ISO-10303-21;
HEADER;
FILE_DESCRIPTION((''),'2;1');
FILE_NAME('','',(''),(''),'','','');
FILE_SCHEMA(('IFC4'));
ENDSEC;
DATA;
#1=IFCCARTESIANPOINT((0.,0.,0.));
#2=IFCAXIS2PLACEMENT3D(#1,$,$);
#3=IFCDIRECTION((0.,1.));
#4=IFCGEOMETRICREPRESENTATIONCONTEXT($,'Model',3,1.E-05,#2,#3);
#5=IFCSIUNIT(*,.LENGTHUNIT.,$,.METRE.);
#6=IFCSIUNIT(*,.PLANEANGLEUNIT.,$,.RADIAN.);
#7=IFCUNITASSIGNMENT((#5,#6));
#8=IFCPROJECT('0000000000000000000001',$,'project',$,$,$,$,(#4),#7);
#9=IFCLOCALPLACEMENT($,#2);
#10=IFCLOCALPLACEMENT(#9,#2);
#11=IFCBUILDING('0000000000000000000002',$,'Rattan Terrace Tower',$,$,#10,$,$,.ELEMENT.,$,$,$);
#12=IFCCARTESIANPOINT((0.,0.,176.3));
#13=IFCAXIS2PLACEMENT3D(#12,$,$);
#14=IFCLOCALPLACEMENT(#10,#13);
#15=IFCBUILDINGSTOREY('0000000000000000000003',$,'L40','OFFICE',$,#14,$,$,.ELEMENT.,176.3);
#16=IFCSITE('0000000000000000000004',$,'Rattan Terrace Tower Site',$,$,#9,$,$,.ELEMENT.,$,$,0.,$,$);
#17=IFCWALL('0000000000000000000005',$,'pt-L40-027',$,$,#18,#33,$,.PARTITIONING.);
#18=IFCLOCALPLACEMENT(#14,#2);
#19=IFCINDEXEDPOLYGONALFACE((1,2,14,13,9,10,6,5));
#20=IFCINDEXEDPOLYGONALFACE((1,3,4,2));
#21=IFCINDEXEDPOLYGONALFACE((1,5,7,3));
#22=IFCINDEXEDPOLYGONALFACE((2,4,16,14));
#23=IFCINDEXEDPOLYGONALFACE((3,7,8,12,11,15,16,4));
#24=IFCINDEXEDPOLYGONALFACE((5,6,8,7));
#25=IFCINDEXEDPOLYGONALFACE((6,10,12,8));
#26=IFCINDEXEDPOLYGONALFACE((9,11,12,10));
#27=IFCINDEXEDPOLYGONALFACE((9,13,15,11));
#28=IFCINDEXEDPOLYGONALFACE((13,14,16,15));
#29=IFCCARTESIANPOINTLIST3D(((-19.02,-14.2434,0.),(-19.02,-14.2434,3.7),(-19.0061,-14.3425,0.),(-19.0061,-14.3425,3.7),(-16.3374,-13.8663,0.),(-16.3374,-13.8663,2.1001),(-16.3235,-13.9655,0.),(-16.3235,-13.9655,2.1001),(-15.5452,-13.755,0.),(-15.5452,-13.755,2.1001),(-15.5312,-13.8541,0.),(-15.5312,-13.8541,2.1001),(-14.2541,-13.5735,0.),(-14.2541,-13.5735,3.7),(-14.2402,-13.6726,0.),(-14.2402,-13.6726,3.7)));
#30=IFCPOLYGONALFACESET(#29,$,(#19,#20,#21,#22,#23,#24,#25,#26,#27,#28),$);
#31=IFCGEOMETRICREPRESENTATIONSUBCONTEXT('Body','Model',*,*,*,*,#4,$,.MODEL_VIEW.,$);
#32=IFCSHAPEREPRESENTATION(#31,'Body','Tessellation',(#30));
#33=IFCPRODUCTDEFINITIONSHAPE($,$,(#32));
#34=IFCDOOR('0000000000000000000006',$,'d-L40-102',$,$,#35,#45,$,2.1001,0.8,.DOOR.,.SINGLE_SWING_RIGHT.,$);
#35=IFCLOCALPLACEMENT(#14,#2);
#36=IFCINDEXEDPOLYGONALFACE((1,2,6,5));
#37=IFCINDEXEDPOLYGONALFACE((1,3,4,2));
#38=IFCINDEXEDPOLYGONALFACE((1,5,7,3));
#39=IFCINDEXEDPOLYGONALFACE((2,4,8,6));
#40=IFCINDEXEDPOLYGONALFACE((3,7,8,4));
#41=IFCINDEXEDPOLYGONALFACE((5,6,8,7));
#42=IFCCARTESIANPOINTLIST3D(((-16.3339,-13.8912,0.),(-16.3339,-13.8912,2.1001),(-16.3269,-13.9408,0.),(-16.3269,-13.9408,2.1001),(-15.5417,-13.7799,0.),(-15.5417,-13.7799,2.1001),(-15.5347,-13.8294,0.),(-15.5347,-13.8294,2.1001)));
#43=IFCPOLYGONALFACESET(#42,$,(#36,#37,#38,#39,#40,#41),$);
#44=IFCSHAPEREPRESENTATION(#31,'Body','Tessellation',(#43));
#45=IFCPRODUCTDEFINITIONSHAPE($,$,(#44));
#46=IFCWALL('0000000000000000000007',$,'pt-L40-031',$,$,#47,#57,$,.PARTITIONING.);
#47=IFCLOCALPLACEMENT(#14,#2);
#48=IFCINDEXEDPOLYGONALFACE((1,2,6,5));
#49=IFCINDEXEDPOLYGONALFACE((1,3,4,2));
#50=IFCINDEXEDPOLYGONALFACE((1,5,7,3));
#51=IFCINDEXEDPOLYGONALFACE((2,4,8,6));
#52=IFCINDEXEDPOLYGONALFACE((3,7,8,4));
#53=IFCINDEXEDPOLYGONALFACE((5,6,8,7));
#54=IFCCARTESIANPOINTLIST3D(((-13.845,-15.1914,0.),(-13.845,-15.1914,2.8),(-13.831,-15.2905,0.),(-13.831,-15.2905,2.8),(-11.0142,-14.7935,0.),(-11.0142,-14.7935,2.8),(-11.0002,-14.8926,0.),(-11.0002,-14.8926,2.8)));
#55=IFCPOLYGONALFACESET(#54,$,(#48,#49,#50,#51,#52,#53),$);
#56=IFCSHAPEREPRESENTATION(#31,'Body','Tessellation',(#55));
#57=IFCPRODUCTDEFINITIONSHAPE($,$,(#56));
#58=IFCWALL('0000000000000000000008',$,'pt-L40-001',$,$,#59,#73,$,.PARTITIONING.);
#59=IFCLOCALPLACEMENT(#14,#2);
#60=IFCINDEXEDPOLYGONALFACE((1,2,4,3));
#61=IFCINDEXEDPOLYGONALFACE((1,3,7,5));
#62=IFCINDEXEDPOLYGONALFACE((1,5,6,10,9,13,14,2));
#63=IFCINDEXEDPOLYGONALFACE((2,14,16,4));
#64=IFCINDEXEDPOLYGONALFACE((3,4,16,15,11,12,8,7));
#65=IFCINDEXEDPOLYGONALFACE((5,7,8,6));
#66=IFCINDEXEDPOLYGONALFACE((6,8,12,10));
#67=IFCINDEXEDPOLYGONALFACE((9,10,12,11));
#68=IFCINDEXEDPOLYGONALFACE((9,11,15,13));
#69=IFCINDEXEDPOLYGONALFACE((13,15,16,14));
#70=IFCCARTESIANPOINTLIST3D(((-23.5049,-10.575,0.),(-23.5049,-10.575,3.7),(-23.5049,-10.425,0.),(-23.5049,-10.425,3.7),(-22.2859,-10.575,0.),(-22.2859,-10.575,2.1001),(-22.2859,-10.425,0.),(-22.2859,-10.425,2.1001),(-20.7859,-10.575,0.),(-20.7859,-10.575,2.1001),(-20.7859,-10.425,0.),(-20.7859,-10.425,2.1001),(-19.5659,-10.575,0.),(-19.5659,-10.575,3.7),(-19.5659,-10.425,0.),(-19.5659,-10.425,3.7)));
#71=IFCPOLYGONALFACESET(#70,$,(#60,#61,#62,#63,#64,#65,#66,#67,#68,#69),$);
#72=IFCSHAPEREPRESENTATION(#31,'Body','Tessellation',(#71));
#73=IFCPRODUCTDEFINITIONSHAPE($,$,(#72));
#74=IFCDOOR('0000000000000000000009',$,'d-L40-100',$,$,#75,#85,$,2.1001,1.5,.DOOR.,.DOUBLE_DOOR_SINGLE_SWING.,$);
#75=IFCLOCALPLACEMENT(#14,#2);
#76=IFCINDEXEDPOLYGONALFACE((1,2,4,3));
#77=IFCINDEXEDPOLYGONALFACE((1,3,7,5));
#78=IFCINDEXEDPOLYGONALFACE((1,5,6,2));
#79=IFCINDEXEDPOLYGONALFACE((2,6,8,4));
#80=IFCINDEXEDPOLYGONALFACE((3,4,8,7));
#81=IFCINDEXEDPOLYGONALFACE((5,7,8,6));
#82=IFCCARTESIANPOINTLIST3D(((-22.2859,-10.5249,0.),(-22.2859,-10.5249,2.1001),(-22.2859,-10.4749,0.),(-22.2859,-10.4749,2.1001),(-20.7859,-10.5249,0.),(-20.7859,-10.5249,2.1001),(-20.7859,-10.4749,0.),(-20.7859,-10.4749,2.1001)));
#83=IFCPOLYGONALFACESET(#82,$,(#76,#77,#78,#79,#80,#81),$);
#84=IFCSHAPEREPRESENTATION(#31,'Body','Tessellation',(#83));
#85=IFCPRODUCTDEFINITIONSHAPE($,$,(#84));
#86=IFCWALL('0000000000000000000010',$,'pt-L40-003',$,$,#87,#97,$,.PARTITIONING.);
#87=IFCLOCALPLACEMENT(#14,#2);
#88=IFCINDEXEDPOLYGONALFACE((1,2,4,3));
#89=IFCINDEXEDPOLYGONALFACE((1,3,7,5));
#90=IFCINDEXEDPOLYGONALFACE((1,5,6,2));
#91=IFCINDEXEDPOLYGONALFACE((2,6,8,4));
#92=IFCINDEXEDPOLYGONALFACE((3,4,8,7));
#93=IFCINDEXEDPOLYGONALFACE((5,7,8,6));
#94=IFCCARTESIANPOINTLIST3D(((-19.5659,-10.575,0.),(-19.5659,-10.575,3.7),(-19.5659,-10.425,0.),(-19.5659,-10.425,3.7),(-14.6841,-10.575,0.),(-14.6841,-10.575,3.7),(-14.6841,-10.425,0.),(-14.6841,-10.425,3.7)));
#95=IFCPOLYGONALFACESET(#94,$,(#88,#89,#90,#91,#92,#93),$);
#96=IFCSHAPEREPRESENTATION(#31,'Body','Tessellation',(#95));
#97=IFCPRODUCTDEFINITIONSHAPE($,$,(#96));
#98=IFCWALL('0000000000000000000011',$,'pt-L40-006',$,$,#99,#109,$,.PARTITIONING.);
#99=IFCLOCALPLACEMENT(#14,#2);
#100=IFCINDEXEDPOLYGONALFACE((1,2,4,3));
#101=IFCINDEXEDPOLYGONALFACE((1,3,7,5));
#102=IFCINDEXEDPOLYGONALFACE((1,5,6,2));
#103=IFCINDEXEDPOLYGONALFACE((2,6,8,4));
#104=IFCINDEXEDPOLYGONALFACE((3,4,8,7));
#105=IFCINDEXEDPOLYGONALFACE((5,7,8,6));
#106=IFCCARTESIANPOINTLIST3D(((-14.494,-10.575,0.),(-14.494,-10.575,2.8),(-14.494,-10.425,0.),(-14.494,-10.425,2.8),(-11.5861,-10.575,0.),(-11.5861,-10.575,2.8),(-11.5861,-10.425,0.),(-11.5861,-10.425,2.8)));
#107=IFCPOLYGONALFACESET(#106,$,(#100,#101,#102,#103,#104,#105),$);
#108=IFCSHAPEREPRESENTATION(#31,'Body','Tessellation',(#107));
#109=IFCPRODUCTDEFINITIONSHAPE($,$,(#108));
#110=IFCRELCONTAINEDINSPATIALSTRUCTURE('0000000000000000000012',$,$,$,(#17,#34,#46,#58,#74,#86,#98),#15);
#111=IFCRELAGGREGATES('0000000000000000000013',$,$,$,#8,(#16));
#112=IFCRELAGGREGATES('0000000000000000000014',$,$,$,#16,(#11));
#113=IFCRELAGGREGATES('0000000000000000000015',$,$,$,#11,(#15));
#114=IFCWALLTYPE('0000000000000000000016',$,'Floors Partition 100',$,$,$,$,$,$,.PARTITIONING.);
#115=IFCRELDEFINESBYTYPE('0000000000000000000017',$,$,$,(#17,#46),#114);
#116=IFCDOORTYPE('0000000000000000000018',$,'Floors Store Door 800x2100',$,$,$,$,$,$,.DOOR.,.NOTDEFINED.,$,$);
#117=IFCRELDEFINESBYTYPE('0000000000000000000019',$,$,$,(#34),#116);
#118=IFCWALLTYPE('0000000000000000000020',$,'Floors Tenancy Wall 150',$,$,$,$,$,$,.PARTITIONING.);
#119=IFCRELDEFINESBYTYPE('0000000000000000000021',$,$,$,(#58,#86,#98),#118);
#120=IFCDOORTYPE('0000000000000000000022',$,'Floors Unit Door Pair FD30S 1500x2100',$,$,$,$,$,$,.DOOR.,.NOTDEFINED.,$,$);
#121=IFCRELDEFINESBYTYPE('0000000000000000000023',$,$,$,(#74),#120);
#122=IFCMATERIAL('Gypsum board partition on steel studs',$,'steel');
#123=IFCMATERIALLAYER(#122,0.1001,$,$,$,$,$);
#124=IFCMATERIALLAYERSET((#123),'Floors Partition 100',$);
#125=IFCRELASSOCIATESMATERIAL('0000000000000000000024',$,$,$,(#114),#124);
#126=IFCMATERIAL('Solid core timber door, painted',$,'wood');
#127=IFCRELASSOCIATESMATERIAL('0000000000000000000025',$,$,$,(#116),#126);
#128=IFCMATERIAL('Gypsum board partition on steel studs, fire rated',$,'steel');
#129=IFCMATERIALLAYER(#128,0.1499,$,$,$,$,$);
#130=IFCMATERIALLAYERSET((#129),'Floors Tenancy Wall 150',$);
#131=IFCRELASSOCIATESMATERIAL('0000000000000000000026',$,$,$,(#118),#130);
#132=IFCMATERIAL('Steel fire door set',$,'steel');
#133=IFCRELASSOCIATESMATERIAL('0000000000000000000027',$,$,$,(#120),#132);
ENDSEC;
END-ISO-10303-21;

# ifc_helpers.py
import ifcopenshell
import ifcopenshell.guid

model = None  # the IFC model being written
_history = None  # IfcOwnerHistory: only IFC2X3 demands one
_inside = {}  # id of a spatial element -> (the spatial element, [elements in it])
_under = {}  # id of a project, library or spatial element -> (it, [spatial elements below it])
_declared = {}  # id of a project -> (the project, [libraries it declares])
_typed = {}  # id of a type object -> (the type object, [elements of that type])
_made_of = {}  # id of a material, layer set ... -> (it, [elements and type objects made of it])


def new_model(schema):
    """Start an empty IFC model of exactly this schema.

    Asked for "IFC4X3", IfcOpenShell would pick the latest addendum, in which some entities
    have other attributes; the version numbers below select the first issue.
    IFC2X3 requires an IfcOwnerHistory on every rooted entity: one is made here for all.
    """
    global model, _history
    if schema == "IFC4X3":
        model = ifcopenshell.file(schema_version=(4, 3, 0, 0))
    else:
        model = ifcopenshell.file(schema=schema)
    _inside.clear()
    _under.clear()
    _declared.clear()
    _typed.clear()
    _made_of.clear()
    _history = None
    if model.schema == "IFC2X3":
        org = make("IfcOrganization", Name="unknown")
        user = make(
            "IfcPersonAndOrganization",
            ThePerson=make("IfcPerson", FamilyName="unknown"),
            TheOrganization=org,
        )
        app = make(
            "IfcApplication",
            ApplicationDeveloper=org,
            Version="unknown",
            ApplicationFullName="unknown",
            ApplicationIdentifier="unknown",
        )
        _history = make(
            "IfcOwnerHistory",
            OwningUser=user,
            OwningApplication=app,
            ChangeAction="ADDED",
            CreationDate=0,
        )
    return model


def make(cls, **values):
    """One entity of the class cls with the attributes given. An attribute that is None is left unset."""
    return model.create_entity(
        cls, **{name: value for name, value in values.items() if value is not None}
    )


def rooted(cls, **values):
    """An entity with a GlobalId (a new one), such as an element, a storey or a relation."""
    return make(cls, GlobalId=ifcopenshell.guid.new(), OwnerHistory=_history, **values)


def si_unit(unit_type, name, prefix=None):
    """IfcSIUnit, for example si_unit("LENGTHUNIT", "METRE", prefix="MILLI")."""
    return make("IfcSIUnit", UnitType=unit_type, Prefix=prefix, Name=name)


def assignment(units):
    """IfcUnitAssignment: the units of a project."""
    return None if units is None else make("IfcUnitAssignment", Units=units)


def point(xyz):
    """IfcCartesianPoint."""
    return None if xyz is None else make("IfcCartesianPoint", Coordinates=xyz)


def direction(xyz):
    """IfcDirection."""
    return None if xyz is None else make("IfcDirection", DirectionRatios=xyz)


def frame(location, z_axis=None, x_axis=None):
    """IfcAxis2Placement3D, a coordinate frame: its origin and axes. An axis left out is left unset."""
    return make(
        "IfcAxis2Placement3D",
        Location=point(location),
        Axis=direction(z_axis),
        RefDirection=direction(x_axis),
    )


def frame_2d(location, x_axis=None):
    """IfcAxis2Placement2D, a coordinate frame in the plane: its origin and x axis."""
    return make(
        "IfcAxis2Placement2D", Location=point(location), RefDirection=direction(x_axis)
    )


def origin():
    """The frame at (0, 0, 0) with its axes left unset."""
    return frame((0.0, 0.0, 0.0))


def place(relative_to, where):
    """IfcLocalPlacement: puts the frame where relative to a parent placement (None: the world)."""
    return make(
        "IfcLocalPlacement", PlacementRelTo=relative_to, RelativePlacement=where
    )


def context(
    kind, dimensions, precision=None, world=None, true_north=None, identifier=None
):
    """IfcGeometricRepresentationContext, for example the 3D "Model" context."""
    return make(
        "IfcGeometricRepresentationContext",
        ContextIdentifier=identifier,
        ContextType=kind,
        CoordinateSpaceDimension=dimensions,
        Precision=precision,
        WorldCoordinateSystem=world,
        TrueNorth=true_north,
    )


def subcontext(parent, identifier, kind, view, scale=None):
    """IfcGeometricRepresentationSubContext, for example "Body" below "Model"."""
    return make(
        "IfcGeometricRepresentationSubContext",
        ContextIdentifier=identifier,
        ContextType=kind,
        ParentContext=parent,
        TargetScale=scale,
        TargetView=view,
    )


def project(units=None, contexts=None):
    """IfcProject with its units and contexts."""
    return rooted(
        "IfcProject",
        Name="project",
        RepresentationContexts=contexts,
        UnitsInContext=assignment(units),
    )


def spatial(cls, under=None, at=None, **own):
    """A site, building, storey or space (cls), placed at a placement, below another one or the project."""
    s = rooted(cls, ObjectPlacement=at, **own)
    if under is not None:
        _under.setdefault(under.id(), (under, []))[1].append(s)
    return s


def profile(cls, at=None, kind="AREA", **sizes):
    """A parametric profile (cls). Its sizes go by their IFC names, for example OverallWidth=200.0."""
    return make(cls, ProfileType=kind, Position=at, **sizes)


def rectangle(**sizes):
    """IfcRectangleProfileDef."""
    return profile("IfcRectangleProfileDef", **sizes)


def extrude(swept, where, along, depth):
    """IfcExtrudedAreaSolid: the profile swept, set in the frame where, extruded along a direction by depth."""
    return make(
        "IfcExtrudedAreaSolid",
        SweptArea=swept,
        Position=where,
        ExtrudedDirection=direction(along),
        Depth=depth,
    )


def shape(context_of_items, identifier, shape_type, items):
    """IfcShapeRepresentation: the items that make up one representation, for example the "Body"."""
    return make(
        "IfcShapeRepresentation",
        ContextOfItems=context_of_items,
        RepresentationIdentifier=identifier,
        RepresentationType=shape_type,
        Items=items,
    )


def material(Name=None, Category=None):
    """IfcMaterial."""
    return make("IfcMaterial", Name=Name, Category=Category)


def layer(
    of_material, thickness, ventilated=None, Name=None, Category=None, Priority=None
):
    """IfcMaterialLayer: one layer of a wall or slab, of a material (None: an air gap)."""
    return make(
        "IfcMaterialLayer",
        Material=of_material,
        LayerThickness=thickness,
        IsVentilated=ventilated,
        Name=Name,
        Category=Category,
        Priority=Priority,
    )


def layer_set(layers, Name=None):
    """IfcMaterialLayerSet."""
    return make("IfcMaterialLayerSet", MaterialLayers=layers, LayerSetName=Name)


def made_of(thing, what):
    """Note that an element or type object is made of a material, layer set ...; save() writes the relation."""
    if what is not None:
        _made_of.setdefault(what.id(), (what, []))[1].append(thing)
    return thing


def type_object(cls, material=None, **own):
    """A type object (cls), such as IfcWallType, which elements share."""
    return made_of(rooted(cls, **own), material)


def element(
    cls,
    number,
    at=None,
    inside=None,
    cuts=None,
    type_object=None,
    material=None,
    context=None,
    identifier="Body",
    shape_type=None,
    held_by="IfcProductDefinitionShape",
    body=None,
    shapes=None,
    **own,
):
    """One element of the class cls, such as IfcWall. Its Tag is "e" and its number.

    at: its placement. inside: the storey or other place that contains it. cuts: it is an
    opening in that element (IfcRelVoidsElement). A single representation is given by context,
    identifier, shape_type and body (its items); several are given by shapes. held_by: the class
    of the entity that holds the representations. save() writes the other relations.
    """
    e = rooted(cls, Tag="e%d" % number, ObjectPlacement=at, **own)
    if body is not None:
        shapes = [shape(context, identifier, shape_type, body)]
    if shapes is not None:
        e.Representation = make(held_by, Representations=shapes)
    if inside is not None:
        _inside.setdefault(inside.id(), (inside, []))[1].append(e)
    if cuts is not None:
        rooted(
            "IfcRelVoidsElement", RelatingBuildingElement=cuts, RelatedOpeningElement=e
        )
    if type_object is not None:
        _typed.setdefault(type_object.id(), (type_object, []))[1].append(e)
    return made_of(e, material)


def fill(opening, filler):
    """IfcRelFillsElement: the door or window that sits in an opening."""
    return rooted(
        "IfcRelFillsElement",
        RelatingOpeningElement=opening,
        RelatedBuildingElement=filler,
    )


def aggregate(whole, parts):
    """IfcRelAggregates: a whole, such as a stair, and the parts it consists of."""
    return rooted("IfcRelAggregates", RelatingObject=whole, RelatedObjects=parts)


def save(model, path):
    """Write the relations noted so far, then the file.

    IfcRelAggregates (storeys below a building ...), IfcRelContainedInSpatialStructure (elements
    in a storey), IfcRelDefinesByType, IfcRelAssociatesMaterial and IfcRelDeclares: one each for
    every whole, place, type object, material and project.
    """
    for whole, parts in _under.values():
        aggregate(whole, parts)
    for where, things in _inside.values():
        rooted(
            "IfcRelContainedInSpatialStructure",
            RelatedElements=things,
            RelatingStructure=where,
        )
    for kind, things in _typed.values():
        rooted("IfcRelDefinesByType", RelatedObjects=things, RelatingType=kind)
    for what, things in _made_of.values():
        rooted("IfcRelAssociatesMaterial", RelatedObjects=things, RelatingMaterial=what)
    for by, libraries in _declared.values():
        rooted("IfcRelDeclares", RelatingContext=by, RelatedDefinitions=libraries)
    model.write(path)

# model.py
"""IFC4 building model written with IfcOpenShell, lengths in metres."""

from ifc_helpers import new_model, si_unit, direction, frame, frame_2d, origin, place, context, subcontext, project, spatial, rectangle, extrude, material, layer, layer_set, type_object, element, fill, save


model = new_model("IFC4")

# Units and contexts
model_context = context("Model", 3, precision=1e-05, world=origin(), true_north=direction((0.0, 1.0)))
body_context = subcontext(model_context, "Body", "Model", "MODEL_VIEW")
ifc_project = project(units=[si_unit("LENGTHUNIT", "METRE"), si_unit("PLANEANGLEUNIT", "RADIAN")], contexts=[model_context])

# Site, building, storey
site_placement = place(None, origin())
site = spatial("IfcSite", under=ifc_project, at=site_placement, Name="Rattan Terrace Tower Site", CompositionType="ELEMENT", RefElevation=0.0)
building_placement = place(site_placement, origin())
building = spatial("IfcBuilding", under=site, at=building_placement, Name="Rattan Terrace Tower", CompositionType="ELEMENT")
storey_placement = place(building_placement, frame((0.0, 0.0, 176.3)))
storey = spatial("IfcBuildingStorey", under=building, at=storey_placement, Name="L40", Description="OFFICE", CompositionType="ELEMENT", Elevation=176.3)

# Shared definitions
ifc_material_1 = material(Name="Gypsum board partition on steel studs", Category="steel")
ifc_layer_1 = layer(ifc_material_1, 0.1001)
ifc_layer_set_1 = layer_set([ifc_layer_1], Name="Floors Partition 100")
wall_type_1 = type_object("IfcWallType", Name="Floors Partition 100", PredefinedType="PARTITIONING", material=ifc_layer_set_1)

# Wall, opening, door
wall_1_placement = place(storey_placement, frame((-19.0129, -14.293, 0.0), z_axis=(0.0, 0.0, 1.0), x_axis=(0.990265, 0.139198, 0.0)))
wall_1 = element("IfcWall", 1, at=wall_1_placement, inside=storey, type_object=wall_type_1, Name="pt-L40-027", PredefinedType="PARTITIONING", context=body_context, shape_type="SweptSolid", body=[
    extrude(rectangle(XDim=4.8127, YDim=0.1001, at=frame_2d((2.4062, 0.0))), origin(), (0.0, 0.0, 1.0), 3.7),
])
opening_1_placement = place(wall_1_placement, frame((2.709, 0.0, 0.0)))
opening_1 = element("IfcOpeningElement", 2, at=opening_1_placement, cuts=wall_1, PredefinedType="OPENING", context=body_context, shape_type="SweptSolid", body=[
    extrude(rectangle(XDim=0.8, YDim=2.1001, at=frame_2d((0.3999, 1.05))), frame((0.0, 0.0605, 0.0), z_axis=(0.0, -1.0, 0.0), x_axis=(1.0, 0.0, 0.0)), (0.0, 0.0, 1.0), 0.1211),
])
ifc_material_2 = material(Name="Solid core timber door, painted", Category="wood")
door_type_1 = type_object("IfcDoorType", Name="Floors Store Door 800x2100", OperationType="NOTDEFINED", PredefinedType="DOOR", material=ifc_material_2)
door_1_placement = place(opening_1_placement, origin())
door_1 = element("IfcDoor", 3, at=door_1_placement, inside=storey, type_object=door_type_1, Name="d-L40-102", OperationType="SINGLE_SWING_RIGHT", OverallHeight=2.1001, OverallWidth=0.8, PredefinedType="DOOR", context=body_context, shape_type="SweptSolid", body=[
    extrude(rectangle(XDim=0.8, YDim=2.1001, at=frame_2d((0.3999, 1.05))), frame((0.0, 0.0249, 0.0), z_axis=(0.0, -1.0, 0.0), x_axis=(1.0, 0.0, 0.0)), (0.0, 0.0, 1.0), 0.05),
])
fill(opening_1, door_1)

# Wall
wall_2_placement = place(storey_placement, frame((-13.8379, -15.241, 0.0), z_axis=(0.0, 0.0, 1.0), x_axis=(0.990263, 0.139209, 0.0)))
element("IfcWall", 4, at=wall_2_placement, inside=storey, type_object=wall_type_1, Name="pt-L40-031", PredefinedType="PARTITIONING", context=body_context, shape_type="SweptSolid", body=[
    extrude(rectangle(XDim=2.8586, YDim=0.1001, at=frame_2d((1.4292, 0.0))), origin(), (0.0, 0.0, 1.0), 2.8),
])

# Wall, opening, door
ifc_material_3 = material(Name="Gypsum board partition on steel studs, fire rated", Category="steel")
ifc_layer_2 = layer(ifc_material_3, 0.1499)
ifc_layer_set_2 = layer_set([ifc_layer_2], Name="Floors Tenancy Wall 150")
wall_type_2 = type_object("IfcWallType", Name="Floors Tenancy Wall 150", PredefinedType="PARTITIONING", material=ifc_layer_set_2)
wall_3_placement = place(storey_placement, frame((-19.5659, -10.5, 0.0), z_axis=(0.0, 0.0, 1.0), x_axis=(-1.0, 0.0, 0.0)))
wall_3 = element("IfcWall", 5, at=wall_3_placement, inside=storey, type_object=wall_type_2, Name="pt-L40-001", PredefinedType="PARTITIONING", context=body_context, shape_type="SweptSolid", body=[
    extrude(rectangle(XDim=3.939, YDim=0.1499, at=frame_2d((1.9695, 0.0))), origin(), (0.0, 0.0, 1.0), 3.7),
])
opening_2_placement = place(wall_3_placement, frame((1.22, 0.0, 0.0)))
opening_2 = element("IfcOpeningElement", 6, at=opening_2_placement, cuts=wall_3, PredefinedType="OPENING", context=body_context, shape_type="SweptSolid", body=[
    extrude(rectangle(XDim=1.5, YDim=2.1001, at=frame_2d((0.75, 1.05))), frame((0.0, 0.0854, 0.0), z_axis=(0.0, -1.0, 0.0), x_axis=(1.0, 0.0, 0.0)), (0.0, 0.0, 1.0), 0.1709),
])
ifc_material_4 = material(Name="Steel fire door set", Category="steel")
door_type_2 = type_object("IfcDoorType", Name="Floors Unit Door Pair FD30S 1500x2100", OperationType="NOTDEFINED", PredefinedType="DOOR", material=ifc_material_4)
door_2_placement = place(opening_2_placement, origin())
door_2 = element("IfcDoor", 7, at=door_2_placement, inside=storey, type_object=door_type_2, Name="d-L40-100", OperationType="DOUBLE_DOOR_SINGLE_SWING", OverallHeight=2.1001, OverallWidth=1.5, PredefinedType="DOOR", context=body_context, shape_type="SweptSolid", body=[
    extrude(rectangle(XDim=1.5, YDim=2.1001, at=frame_2d((0.75, 1.05))), frame((0.0, 0.0249, 0.0), z_axis=(0.0, -1.0, 0.0), x_axis=(1.0, 0.0, 0.0)), (0.0, 0.0, 1.0), 0.05),
])
fill(opening_2, door_2)

# Walls
wall_4_placement = place(storey_placement, frame((-14.6841, -10.5, 0.0), z_axis=(0.0, 0.0, 1.0), x_axis=(-1.0, 0.0, 0.0)))
element("IfcWall", 8, at=wall_4_placement, inside=storey, type_object=wall_type_2, Name="pt-L40-003", PredefinedType="PARTITIONING", context=body_context, shape_type="SweptSolid", body=[
    extrude(rectangle(XDim=4.8818, YDim=0.1499, at=frame_2d((2.4409, 0.0))), origin(), (0.0, 0.0, 1.0), 3.7),
])
wall_5_placement = place(storey_placement, frame((-11.5859, -10.5, 0.0), z_axis=(0.0, 0.0, 1.0), x_axis=(-1.0, 0.0, 0.0)))
element("IfcWall", 9, at=wall_5_placement, inside=storey, type_object=wall_type_2, Name="pt-L40-006", PredefinedType="PARTITIONING", context=body_context, shape_type="SweptSolid", body=[
    extrude(rectangle(XDim=2.908, YDim=0.1499, at=frame_2d((1.4541, 0.0))), origin(), (0.0, 0.0, 1.0), 2.8),
])

save(model, "model.ifc")
